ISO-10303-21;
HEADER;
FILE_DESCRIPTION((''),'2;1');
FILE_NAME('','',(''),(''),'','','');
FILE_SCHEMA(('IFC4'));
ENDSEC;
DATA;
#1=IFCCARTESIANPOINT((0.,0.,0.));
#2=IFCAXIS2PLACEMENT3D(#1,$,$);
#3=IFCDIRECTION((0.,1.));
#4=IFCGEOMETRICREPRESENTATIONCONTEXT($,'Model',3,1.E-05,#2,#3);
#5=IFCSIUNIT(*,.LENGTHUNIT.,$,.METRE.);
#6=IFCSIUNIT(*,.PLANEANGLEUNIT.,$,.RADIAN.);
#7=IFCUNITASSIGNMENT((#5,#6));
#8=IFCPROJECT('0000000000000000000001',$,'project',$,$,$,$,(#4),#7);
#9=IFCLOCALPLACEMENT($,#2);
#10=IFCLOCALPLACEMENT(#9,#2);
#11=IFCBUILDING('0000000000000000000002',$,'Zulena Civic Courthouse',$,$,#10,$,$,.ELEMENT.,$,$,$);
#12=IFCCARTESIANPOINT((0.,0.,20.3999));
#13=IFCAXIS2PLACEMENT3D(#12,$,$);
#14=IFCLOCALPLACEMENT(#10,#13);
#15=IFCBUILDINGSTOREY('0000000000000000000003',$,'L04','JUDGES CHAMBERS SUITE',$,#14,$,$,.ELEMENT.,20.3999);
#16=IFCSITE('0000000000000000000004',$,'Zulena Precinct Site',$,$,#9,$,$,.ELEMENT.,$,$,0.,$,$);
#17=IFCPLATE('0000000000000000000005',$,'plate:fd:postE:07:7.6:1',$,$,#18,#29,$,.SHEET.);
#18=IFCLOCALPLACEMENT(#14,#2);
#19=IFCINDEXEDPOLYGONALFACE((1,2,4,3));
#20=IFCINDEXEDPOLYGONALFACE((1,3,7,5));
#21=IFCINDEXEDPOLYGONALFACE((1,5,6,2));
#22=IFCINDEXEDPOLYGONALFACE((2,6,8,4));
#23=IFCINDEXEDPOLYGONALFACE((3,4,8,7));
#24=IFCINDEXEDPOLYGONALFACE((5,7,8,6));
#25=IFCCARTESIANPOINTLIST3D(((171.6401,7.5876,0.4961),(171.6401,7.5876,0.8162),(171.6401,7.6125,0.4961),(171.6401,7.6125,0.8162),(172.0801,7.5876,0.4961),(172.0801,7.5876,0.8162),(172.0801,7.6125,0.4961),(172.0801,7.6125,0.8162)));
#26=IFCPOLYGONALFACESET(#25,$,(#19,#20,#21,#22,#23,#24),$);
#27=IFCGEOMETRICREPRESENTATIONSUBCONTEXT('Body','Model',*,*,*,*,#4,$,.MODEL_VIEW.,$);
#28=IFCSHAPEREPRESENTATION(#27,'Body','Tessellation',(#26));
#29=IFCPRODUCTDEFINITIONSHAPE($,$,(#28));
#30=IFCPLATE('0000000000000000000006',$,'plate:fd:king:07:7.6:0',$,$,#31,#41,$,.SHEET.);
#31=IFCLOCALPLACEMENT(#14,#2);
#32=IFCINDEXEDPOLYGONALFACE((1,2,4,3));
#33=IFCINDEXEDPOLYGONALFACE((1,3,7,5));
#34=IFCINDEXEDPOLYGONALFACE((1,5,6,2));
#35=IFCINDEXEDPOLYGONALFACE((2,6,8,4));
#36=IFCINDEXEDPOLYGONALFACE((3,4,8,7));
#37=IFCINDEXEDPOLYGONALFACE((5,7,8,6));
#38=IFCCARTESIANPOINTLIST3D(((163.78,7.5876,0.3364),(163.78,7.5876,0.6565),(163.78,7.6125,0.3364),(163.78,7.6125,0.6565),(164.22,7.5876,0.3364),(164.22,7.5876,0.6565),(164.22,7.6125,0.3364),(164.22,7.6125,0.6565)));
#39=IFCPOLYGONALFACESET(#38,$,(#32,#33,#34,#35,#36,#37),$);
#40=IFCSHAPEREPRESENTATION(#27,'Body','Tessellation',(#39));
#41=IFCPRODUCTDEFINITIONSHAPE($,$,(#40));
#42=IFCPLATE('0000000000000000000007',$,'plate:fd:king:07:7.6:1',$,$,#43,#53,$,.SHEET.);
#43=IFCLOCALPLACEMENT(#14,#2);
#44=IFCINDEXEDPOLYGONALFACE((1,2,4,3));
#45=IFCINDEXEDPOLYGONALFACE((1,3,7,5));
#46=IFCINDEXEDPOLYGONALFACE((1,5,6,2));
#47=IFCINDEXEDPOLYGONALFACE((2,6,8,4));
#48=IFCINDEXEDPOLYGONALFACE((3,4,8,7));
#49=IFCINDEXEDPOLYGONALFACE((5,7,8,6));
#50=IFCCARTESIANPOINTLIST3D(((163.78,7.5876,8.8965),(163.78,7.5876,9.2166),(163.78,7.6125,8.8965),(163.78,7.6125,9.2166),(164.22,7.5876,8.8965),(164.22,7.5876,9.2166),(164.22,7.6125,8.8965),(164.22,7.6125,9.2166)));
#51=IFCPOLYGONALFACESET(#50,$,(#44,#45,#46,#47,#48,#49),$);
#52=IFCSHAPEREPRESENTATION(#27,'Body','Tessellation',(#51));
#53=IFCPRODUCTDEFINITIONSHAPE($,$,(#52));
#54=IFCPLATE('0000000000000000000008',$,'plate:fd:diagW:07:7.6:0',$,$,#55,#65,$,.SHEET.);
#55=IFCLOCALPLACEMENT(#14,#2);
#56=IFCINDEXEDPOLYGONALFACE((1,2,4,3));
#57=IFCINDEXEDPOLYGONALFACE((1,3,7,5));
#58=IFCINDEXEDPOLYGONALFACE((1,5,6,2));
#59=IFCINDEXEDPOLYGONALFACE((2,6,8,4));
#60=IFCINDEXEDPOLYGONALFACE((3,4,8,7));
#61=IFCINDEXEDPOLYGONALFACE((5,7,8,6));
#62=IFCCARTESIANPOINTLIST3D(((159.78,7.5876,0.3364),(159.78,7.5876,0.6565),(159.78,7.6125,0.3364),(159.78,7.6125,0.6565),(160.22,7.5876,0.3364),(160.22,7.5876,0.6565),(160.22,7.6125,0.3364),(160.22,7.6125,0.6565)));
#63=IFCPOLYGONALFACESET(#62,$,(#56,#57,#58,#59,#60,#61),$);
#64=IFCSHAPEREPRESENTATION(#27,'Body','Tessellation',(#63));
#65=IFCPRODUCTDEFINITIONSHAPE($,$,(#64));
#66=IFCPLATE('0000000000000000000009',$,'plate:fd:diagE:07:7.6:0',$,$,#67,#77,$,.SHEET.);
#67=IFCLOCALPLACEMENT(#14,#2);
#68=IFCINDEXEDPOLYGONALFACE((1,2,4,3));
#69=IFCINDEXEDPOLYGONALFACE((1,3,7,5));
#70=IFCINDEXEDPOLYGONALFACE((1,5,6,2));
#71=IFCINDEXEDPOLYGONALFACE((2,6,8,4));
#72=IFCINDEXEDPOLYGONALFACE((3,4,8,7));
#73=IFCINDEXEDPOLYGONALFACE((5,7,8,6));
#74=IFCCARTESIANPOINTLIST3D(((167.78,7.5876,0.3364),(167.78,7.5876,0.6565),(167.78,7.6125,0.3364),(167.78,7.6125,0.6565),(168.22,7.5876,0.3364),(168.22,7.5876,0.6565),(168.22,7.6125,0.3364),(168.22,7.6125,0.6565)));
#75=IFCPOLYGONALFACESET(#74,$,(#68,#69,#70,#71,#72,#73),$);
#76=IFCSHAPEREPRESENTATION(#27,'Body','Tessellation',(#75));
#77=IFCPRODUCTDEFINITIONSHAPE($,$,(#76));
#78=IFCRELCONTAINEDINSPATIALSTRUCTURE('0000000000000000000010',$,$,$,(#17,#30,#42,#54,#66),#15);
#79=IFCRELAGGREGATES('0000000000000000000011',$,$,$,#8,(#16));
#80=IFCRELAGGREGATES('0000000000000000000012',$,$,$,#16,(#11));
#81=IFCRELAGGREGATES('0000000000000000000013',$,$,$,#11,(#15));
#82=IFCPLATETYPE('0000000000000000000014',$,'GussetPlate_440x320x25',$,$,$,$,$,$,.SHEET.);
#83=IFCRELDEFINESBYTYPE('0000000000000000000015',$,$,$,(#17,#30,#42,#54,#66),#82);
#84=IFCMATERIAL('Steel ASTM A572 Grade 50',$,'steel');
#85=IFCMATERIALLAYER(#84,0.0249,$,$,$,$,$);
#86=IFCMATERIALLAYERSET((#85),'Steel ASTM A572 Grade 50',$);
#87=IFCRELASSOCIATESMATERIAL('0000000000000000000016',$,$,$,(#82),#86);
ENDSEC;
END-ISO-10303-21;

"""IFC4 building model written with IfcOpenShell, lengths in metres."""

from ifc_helpers import new_model, si_unit, direction, frame, origin, origin_2d, place, context, subcontext, project, spatial, rectangle, extrude, material, layer, layer_set, type_object, element, save


model = new_model("IFC4")

# Units and contexts
model_context = context("Model", 3, precision=1e-05, world=origin(), true_north=direction((0.0, 1.0)))
body_context = subcontext(model_context, "Body", "Model", "MODEL_VIEW")
ifc_project = project(units=[si_unit("LENGTHUNIT", "METRE"), si_unit("PLANEANGLEUNIT", "RADIAN")], contexts=[model_context])

# Site, building, storey
site_placement = place(None, origin())
site = spatial("IfcSite", under=ifc_project, at=site_placement, Name="Zulena Precinct Site", CompositionType="ELEMENT", RefElevation=0.0)
building_placement = place(site_placement, origin())
building = spatial("IfcBuilding", under=site, at=building_placement, Name="Zulena Civic Courthouse", CompositionType="ELEMENT")
storey_placement = place(building_placement, frame((0.0, 0.0, 20.3999)))
storey = spatial("IfcBuildingStorey", under=building, at=storey_placement, Name="L04", Description="JUDGES CHAMBERS SUITE", CompositionType="ELEMENT", Elevation=20.3999)

# Plates
ifc_material_1 = material(Name="Steel ASTM A572 Grade 50", Category="steel")
ifc_layer_1 = layer(ifc_material_1, 0.0249)
ifc_layer_set_1 = layer_set([ifc_layer_1], Name="Steel ASTM A572 Grade 50")
plate_type = type_object("IfcPlateType", Name="GussetPlate_440x320x25", PredefinedType="SHEET", material=ifc_layer_set_1)
for number, where, z_axis, x_axis, name in (
    (1, (171.8601, 7.6001, 0.4961), (0.0, 0.0, 1.0), (1.0, 0.0, 0.0), "plate:fd:postE:07:7.6:1"),
    (2, (164.0, 7.6001, 0.3364), (0.0, 0.0, 1.0), (1.0, 0.0, 0.0), "plate:fd:king:07:7.6:0"),
    (3, (164.0, 7.6001, 8.8965), (0.0, 0.0, 1.0), (1.0, 0.0, 0.0), "plate:fd:king:07:7.6:1"),
    (4, (160.0, 7.6001, 0.3364), (0.0, 0.0, 1.0), (1.0, 0.0, 0.0), "plate:fd:diagW:07:7.6:0"),
    (5, (168.0, 7.6001, 0.3364), (0.0, 0.0, 1.0), (1.0, 0.0, 0.0), "plate:fd:diagE:07:7.6:0"),
):
    element("IfcPlate", number, at=place(storey_placement, frame(where, z_axis=z_axis, x_axis=x_axis)), inside=storey, type_object=plate_type, Name=name, PredefinedType="SHEET", context=body_context, shape_type="SweptSolid", body=[
        extrude(rectangle(XDim=0.4399, YDim=0.0249, at=origin_2d()), origin(), (0.0, 0.0, 1.0), 0.3201),
    ])

save(model, "model.ifc")
